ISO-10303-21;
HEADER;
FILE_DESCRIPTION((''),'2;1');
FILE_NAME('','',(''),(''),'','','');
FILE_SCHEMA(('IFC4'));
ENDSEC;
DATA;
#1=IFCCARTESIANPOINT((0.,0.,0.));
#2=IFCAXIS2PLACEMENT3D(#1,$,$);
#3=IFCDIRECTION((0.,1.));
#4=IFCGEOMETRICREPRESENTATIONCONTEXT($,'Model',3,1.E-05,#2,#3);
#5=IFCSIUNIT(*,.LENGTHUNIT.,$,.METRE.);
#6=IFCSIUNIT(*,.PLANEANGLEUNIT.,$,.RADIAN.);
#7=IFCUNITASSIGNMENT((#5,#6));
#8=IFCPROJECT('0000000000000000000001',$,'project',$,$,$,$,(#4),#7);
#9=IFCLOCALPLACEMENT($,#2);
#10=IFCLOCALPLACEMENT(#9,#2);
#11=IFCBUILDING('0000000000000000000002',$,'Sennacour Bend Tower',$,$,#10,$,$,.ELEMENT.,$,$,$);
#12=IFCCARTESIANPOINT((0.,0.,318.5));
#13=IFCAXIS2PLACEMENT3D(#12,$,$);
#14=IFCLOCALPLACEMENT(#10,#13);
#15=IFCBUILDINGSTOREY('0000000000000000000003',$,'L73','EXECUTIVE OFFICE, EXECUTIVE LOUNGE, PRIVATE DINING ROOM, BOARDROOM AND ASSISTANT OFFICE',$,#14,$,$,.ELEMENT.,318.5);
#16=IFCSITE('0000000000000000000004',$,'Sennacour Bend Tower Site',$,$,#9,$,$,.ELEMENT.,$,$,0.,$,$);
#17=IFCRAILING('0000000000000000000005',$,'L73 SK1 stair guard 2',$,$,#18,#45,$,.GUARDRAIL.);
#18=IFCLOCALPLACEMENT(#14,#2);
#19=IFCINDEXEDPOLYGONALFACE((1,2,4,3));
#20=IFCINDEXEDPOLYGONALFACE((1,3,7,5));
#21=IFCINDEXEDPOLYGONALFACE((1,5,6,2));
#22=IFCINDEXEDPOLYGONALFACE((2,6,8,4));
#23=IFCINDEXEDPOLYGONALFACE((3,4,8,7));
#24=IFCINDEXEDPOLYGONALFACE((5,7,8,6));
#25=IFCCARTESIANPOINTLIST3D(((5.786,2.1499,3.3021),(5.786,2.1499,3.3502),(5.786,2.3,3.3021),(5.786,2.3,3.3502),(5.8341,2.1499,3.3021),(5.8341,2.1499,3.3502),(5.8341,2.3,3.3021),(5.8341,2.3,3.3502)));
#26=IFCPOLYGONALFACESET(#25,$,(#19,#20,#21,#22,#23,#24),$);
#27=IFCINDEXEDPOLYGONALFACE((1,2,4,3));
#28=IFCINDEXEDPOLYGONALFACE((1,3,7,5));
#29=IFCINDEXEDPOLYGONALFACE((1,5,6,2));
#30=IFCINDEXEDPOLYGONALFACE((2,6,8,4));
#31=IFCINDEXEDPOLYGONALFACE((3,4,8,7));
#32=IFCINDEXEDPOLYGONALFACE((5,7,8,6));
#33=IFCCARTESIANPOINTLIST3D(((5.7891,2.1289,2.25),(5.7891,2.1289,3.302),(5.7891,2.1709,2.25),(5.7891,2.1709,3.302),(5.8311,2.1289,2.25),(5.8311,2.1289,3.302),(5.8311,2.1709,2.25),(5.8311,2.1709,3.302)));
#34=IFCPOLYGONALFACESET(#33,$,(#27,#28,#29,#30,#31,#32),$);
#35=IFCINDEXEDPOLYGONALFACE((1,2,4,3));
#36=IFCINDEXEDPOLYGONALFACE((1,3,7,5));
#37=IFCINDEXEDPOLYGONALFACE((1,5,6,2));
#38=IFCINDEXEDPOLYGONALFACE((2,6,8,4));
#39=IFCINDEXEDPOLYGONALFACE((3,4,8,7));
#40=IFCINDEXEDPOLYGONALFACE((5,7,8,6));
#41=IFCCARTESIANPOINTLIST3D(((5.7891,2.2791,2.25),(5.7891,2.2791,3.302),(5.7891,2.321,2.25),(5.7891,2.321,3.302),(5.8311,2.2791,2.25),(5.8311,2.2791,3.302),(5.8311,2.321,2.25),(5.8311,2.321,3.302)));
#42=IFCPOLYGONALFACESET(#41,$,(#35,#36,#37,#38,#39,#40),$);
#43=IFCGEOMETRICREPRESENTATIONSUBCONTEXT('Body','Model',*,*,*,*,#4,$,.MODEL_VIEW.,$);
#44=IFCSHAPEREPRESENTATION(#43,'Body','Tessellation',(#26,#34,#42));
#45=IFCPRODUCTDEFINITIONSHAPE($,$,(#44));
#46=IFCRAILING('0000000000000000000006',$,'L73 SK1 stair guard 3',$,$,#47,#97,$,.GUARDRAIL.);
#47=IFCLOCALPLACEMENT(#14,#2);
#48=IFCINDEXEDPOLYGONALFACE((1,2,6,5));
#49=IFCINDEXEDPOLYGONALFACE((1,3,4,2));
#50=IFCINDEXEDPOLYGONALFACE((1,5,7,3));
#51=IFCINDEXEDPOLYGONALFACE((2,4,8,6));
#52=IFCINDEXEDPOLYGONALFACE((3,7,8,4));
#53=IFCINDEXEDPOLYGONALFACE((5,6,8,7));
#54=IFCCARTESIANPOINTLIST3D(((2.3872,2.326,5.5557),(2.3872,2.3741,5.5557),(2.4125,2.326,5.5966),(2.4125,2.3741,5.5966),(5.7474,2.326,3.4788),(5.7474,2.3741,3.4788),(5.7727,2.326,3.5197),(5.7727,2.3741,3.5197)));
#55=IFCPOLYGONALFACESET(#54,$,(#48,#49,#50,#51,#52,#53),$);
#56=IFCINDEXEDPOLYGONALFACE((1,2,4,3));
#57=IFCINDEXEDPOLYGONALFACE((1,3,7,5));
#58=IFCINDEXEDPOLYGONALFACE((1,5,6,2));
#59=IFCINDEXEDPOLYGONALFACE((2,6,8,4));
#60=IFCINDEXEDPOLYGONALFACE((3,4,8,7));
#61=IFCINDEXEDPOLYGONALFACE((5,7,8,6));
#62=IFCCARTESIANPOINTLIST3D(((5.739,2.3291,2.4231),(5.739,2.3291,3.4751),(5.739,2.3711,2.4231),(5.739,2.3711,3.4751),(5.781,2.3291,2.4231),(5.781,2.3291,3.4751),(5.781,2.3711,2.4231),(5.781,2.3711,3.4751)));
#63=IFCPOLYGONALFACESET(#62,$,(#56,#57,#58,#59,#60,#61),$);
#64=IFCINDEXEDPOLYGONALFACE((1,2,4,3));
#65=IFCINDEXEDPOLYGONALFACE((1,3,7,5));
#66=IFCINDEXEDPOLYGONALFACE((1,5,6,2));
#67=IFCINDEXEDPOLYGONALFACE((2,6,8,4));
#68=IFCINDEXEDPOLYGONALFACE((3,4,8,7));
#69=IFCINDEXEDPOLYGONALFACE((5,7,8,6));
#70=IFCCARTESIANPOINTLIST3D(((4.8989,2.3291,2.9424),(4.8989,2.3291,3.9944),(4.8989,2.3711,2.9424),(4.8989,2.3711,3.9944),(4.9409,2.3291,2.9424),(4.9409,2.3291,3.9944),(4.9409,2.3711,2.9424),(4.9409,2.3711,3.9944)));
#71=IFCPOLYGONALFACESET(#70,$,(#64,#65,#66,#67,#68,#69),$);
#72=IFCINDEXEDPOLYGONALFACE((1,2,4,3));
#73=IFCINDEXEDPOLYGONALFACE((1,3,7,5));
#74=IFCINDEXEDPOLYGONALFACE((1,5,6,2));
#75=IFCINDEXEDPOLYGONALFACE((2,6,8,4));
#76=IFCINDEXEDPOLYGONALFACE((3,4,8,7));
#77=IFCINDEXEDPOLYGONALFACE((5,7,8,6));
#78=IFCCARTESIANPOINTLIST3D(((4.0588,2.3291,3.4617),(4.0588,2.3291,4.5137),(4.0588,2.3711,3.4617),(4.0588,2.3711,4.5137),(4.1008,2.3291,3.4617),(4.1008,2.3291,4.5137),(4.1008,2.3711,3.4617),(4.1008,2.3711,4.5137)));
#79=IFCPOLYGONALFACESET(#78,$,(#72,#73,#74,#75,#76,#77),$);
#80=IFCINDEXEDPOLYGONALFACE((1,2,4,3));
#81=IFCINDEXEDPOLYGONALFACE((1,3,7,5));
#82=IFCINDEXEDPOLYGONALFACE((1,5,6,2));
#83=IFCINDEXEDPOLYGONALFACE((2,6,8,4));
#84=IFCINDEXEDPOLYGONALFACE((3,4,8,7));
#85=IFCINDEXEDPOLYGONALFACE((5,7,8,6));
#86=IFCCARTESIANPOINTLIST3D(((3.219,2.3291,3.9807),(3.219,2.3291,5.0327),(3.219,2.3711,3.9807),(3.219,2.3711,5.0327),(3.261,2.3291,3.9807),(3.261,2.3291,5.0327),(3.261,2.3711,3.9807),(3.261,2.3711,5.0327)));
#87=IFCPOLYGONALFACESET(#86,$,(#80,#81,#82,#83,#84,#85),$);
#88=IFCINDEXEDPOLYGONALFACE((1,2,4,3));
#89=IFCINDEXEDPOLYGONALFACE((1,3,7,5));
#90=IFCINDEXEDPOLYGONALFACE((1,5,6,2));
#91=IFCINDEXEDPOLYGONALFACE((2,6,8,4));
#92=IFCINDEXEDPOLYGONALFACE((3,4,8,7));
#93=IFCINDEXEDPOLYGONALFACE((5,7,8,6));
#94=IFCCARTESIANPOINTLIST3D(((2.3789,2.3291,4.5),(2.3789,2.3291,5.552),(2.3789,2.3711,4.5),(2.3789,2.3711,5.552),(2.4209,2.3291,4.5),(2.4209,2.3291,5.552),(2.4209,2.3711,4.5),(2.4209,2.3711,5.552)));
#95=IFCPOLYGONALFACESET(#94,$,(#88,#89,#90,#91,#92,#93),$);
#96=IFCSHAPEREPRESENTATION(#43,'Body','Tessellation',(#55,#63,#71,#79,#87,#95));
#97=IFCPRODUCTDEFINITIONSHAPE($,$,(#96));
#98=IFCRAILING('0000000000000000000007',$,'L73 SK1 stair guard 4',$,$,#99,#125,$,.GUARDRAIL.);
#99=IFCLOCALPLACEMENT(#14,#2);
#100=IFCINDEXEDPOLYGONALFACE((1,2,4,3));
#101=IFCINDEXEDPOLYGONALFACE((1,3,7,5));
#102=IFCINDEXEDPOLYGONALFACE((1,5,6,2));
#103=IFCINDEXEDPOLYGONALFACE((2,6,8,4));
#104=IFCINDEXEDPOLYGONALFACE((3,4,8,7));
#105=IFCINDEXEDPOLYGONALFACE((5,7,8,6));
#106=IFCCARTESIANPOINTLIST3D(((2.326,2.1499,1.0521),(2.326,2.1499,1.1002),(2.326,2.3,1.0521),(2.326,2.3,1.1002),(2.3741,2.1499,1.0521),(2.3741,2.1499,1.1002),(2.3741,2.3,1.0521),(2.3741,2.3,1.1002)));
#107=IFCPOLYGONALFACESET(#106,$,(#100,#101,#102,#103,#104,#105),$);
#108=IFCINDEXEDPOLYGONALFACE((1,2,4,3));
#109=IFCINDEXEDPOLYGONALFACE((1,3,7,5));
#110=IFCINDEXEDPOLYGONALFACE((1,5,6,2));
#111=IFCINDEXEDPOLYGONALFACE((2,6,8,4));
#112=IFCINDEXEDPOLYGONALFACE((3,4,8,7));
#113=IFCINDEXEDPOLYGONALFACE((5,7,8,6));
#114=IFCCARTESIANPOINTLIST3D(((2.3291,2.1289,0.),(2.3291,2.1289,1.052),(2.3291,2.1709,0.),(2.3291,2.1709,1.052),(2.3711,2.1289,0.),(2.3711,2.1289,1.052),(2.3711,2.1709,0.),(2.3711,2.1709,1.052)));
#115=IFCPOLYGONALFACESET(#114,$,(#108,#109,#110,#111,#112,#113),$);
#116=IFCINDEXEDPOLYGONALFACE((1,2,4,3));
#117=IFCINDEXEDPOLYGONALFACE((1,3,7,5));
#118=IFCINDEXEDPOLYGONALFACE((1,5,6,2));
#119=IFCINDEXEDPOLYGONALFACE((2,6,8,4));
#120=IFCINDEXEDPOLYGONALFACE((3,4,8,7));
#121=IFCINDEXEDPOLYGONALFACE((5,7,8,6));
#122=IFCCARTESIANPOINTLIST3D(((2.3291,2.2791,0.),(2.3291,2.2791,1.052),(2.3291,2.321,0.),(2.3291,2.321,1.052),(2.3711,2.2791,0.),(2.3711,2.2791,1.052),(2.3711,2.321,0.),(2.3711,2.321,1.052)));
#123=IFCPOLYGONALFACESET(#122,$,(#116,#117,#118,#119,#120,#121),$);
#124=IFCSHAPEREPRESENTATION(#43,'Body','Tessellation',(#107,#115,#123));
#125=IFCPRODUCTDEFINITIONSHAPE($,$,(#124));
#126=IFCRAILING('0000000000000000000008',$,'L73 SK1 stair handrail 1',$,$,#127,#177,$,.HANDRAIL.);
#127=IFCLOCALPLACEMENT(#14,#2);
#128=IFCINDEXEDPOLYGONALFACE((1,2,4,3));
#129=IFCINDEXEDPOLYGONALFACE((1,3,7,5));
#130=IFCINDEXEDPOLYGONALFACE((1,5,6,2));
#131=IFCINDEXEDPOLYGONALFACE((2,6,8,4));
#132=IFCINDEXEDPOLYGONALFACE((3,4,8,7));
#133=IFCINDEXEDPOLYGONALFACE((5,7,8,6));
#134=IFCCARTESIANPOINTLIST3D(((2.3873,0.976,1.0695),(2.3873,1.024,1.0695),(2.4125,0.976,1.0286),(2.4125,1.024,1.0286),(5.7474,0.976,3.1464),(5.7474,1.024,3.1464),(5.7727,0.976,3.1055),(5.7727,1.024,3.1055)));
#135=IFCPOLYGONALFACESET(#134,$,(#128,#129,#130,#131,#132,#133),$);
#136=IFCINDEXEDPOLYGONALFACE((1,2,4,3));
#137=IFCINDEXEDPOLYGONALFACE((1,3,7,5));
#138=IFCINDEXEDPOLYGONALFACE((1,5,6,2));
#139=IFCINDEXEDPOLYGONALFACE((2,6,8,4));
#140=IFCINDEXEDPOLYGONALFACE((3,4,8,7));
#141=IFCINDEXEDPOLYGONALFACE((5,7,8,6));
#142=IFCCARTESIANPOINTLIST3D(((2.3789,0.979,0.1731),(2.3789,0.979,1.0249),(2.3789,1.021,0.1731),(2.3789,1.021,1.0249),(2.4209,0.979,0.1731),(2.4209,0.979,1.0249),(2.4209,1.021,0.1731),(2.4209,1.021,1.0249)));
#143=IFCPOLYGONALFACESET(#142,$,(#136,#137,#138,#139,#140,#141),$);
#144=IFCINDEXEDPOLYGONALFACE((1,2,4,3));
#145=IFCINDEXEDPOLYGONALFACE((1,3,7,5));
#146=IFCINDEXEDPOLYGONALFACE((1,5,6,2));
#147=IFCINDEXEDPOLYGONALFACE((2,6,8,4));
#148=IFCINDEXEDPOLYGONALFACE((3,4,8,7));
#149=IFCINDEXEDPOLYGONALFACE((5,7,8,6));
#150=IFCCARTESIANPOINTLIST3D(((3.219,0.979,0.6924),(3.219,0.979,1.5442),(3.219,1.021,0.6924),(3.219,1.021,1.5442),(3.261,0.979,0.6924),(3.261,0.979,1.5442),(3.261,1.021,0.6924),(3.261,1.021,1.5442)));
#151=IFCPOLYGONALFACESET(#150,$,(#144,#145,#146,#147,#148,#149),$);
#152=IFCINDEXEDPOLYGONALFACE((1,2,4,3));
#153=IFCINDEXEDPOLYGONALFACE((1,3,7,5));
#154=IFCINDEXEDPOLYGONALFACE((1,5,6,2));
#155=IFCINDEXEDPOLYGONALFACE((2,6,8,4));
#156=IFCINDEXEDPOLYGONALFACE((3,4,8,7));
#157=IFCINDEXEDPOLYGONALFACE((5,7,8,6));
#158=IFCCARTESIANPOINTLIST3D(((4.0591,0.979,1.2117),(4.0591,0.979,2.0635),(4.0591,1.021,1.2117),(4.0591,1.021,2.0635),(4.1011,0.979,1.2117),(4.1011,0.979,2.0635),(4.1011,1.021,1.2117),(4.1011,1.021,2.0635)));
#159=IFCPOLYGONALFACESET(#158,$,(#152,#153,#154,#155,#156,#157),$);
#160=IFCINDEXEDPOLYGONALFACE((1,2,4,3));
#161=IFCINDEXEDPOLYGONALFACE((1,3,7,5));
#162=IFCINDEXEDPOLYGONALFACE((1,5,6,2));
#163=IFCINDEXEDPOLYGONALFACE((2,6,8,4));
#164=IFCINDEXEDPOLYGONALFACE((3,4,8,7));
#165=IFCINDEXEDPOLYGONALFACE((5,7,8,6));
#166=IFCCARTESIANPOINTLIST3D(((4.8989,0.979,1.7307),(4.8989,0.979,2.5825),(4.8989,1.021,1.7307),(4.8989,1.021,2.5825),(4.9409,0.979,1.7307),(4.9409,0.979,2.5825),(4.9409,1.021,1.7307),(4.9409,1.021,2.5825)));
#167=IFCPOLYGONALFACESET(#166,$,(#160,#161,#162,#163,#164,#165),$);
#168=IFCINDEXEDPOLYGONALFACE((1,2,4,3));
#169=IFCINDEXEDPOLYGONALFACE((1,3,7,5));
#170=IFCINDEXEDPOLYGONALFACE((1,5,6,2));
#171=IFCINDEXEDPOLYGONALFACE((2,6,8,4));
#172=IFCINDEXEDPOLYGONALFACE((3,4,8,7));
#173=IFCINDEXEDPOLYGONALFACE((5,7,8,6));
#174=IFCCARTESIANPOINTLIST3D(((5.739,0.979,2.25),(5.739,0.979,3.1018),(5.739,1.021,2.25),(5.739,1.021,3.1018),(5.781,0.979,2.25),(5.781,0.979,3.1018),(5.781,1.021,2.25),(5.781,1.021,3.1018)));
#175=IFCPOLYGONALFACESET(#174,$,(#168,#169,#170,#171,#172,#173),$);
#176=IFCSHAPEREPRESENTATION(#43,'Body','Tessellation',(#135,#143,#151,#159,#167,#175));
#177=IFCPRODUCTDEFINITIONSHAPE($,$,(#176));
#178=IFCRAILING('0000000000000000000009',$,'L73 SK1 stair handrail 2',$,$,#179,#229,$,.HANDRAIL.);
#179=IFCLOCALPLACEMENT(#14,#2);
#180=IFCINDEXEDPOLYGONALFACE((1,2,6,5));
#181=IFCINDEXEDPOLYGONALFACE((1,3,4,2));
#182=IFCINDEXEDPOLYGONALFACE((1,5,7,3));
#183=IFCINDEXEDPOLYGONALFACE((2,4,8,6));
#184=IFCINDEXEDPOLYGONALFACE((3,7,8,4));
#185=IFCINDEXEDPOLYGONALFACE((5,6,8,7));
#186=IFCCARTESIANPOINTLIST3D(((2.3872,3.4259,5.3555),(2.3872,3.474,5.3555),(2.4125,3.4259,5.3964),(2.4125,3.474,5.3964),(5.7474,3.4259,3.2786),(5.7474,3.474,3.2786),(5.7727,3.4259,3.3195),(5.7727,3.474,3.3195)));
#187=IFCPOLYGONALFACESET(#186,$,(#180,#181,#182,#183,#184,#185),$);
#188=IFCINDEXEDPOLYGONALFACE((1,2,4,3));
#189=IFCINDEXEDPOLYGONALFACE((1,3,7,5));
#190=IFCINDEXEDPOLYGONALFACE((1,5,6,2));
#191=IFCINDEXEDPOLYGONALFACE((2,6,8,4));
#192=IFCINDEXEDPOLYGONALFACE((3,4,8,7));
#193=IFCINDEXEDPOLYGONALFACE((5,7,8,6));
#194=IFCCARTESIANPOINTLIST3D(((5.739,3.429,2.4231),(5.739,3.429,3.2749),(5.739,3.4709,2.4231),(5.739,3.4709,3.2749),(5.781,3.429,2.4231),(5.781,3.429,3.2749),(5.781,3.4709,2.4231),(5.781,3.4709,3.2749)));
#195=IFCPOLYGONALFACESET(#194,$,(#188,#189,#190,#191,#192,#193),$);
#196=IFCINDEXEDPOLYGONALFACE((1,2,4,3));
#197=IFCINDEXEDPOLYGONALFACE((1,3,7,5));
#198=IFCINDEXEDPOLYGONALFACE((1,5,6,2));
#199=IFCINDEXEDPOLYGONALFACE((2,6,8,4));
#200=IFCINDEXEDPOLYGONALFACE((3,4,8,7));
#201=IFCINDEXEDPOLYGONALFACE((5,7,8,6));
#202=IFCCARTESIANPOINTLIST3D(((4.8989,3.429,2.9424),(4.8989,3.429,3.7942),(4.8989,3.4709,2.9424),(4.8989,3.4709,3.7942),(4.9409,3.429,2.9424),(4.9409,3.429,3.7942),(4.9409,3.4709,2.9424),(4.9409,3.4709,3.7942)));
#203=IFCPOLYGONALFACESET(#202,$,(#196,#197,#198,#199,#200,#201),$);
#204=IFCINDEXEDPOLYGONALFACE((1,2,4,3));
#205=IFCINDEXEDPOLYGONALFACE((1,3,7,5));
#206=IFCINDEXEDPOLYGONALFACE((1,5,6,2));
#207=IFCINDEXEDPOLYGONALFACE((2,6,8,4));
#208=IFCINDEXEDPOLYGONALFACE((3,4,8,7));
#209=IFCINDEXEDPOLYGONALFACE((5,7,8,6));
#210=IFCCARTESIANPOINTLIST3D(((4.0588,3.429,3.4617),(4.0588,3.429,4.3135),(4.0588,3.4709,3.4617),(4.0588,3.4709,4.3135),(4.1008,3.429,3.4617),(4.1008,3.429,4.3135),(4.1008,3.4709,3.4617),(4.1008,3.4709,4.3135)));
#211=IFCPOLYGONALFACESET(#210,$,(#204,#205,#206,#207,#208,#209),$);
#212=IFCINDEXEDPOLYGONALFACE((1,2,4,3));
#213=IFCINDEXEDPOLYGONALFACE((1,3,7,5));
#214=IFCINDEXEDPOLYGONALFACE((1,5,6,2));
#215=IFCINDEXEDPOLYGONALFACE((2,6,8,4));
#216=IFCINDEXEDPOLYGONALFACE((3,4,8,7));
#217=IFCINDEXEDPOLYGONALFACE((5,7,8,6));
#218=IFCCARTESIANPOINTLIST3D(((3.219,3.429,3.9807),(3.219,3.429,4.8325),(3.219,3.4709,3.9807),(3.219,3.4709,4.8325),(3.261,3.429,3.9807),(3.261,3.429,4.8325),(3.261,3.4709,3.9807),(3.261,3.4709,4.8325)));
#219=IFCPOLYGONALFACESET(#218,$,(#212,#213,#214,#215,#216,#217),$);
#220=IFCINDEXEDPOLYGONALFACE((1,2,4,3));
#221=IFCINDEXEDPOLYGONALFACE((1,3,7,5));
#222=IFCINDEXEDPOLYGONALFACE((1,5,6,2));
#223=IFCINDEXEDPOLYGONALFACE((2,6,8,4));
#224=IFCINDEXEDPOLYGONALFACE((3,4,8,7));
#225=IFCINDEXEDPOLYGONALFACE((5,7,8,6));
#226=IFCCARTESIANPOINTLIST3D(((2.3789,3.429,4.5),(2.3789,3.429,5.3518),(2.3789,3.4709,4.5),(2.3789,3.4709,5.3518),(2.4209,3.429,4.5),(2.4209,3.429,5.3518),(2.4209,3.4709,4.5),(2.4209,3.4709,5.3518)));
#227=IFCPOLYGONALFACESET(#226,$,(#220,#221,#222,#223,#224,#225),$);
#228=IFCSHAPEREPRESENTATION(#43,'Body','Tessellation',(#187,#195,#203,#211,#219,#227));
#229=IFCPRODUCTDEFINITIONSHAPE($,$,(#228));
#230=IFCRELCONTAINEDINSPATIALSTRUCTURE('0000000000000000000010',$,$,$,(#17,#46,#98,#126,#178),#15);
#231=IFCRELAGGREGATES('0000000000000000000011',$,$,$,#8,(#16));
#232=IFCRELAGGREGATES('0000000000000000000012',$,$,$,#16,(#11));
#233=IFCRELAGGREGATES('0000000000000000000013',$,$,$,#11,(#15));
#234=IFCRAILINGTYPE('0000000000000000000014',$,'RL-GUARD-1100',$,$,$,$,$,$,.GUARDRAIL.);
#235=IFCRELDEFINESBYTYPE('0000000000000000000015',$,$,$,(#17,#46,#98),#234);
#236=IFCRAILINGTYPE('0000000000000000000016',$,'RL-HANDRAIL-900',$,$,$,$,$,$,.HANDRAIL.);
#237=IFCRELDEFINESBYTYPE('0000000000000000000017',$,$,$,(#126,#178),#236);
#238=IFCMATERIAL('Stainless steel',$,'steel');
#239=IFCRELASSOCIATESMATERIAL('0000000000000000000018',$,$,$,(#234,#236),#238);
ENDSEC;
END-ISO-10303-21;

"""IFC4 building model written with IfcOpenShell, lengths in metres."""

from ifc_helpers import new_model, si_unit, direction, frame, origin, origin_2d, place, context, subcontext, project, spatial, rectangle, extrude, material, type_object, element, save


model = new_model("IFC4")

# Units and contexts
model_context = context("Model", 3, precision=1e-05, world=origin(), true_north=direction((0.0, 1.0)))
body_context = subcontext(model_context, "Body", "Model", "MODEL_VIEW")
ifc_project = project(units=[si_unit("LENGTHUNIT", "METRE"), si_unit("PLANEANGLEUNIT", "RADIAN")], contexts=[model_context])

# Site, building, storey
site_placement = place(None, origin())
site = spatial("IfcSite", under=ifc_project, at=site_placement, Name="Sennacour Bend Tower Site", CompositionType="ELEMENT", RefElevation=0.0)
building_placement = place(site_placement, origin())
building = spatial("IfcBuilding", under=site, at=building_placement, Name="Sennacour Bend Tower", CompositionType="ELEMENT")
storey_placement = place(building_placement, frame((0.0, 0.0, 318.5)))
storey = spatial("IfcBuildingStorey", under=building, at=storey_placement, Name="L73", Description="EXECUTIVE OFFICE, EXECUTIVE LOUNGE, PRIVATE DINING ROOM, BOARDROOM AND ASSISTANT OFFICE", CompositionType="ELEMENT", Elevation=318.5)

# Railings
ifc_material_1 = material(Name="Stainless steel", Category="steel")
railing_type_1 = type_object("IfcRailingType", Name="RL-GUARD-1100", PredefinedType="GUARDRAIL", material=ifc_material_1)
railing_1_placement = place(storey_placement, frame((5.8101, 2.1499, 2.25)))
element("IfcRailing", 1, at=railing_1_placement, inside=storey, type_object=railing_type_1, Name="L73 SK1 stair guard 2", PredefinedType="GUARDRAIL", context=body_context, shape_type="SweptSolid", body=[
    extrude(rectangle(XDim=0.0481, YDim=0.0481, at=origin_2d()), frame((0.0, 0.0, 1.0762), z_axis=(0.0, 1.0, 0.0), x_axis=(-1.0, 0.0, 0.0)), (0.0, 0.0, 1.0), 0.1501),
    extrude(rectangle(XDim=0.042, YDim=0.042, at=origin_2d()), origin(), (0.0, 0.0, 1.0), 1.052),
    extrude(rectangle(XDim=0.042, YDim=0.042, at=origin_2d()), frame((0.0, 0.1501, 0.0)), (0.0, 0.0, 1.0), 1.052),
])
railing_2_placement = place(storey_placement, frame((5.76, 2.3501, 2.4231)))
element("IfcRailing", 2, at=railing_2_placement, inside=storey, type_object=railing_type_1, Name="L73 SK1 stair guard 3", PredefinedType="GUARDRAIL", context=body_context, shape_type="SweptSolid", body=[
    extrude(rectangle(XDim=0.0481, YDim=0.0481, at=origin_2d()), frame((0.0, 0.0, 1.0762), z_axis=(-0.850623, 0.0, 0.525776), x_axis=(0.0, -1.0, 0.0)), (0.0, 0.0, 1.0), 3.9502),
    extrude(rectangle(XDim=0.042, YDim=0.042, at=origin_2d()), origin(), (0.0, 0.0, 1.0), 1.052),
    extrude(rectangle(XDim=0.042, YDim=0.042, at=origin_2d()), frame((-0.8401, 0.0, 0.5193)), (0.0, 0.0, 1.0), 1.052),
    extrude(rectangle(XDim=0.042, YDim=0.042, at=origin_2d()), frame((-1.6802, 0.0, 1.0386)), (0.0, 0.0, 1.0), 1.052),
    extrude(rectangle(XDim=0.042, YDim=0.042, at=origin_2d()), frame((-2.52, 0.0, 1.5576)), (0.0, 0.0, 1.0), 1.052),
    extrude(rectangle(XDim=0.042, YDim=0.042, at=origin_2d()), frame((-3.3601, 0.0, 2.0769)), (0.0, 0.0, 1.0), 1.052),
])
railing_3_placement = place(storey_placement, frame((2.3501, 2.1499, 0.0)))
element("IfcRailing", 3, at=railing_3_placement, inside=storey, type_object=railing_type_1, Name="L73 SK1 stair guard 4", PredefinedType="GUARDRAIL", context=body_context, shape_type="SweptSolid", body=[
    extrude(rectangle(XDim=0.0481, YDim=0.0481, at=origin_2d()), frame((0.0, 0.0, 1.0762), z_axis=(0.0, 1.0, 0.0), x_axis=(-1.0, 0.0, 0.0)), (0.0, 0.0, 1.0), 0.1501),
    extrude(rectangle(XDim=0.042, YDim=0.042, at=origin_2d()), origin(), (0.0, 0.0, 1.0), 1.052),
    extrude(rectangle(XDim=0.042, YDim=0.042, at=origin_2d()), frame((0.0, 0.1501, 0.0)), (0.0, 0.0, 1.0), 1.052),
])
railing_type_2 = type_object("IfcRailingType", Name="RL-HANDRAIL-900", PredefinedType="HANDRAIL", material=ifc_material_1)
railing_4_placement = place(storey_placement, frame((2.3999, 1.0, 0.1731)))
element("IfcRailing", 4, at=railing_4_placement, inside=storey, type_object=railing_type_2, Name="L73 SK1 stair handrail 1", PredefinedType="HANDRAIL", context=body_context, shape_type="SweptSolid", body=[
    extrude(rectangle(XDim=0.0481, YDim=0.0481, at=origin_2d()), frame((0.0, 0.0, 0.876), z_axis=(0.850623, 0.0, 0.525776), x_axis=(0.0, 1.0, 0.0)), (0.0, 0.0, 1.0), 3.9502),
    extrude(rectangle(XDim=0.042, YDim=0.042, at=origin_2d()), origin(), (0.0, 0.0, 1.0), 0.8518),
    extrude(rectangle(XDim=0.042, YDim=0.042, at=origin_2d()), frame((0.8401, 0.0, 0.5193)), (0.0, 0.0, 1.0), 0.8518),
    extrude(rectangle(XDim=0.042, YDim=0.042, at=origin_2d()), frame((1.6802, 0.0, 1.0386)), (0.0, 0.0, 1.0), 0.8518),
    extrude(rectangle(XDim=0.042, YDim=0.042, at=origin_2d()), frame((2.52, 0.0, 1.5576)), (0.0, 0.0, 1.0), 0.8518),
    extrude(rectangle(XDim=0.042, YDim=0.042, at=origin_2d()), frame((3.3601, 0.0, 2.0769)), (0.0, 0.0, 1.0), 0.8518),
])
railing_5_placement = place(storey_placement, frame((5.76, 3.45, 2.4231)))
element("IfcRailing", 5, at=railing_5_placement, inside=storey, type_object=railing_type_2, Name="L73 SK1 stair handrail 2", PredefinedType="HANDRAIL", context=body_context, shape_type="SweptSolid", body=[
    extrude(rectangle(XDim=0.0481, YDim=0.0481, at=origin_2d()), frame((0.0, 0.0, 0.876), z_axis=(-0.850623, 0.0, 0.525776), x_axis=(0.0, -1.0, 0.0)), (0.0, 0.0, 1.0), 3.9502),
    extrude(rectangle(XDim=0.042, YDim=0.042, at=origin_2d()), origin(), (0.0, 0.0, 1.0), 0.8518),
    extrude(rectangle(XDim=0.042, YDim=0.042, at=origin_2d()), frame((-0.8401, 0.0, 0.5193)), (0.0, 0.0, 1.0), 0.8518),
    extrude(rectangle(XDim=0.042, YDim=0.042, at=origin_2d()), frame((-1.6802, 0.0, 1.0386)), (0.0, 0.0, 1.0), 0.8518),
    extrude(rectangle(XDim=0.042, YDim=0.042, at=origin_2d()), frame((-2.52, 0.0, 1.5576)), (0.0, 0.0, 1.0), 0.8518),
    extrude(rectangle(XDim=0.042, YDim=0.042, at=origin_2d()), frame((-3.3601, 0.0, 2.0769)), (0.0, 0.0, 1.0), 0.8518),
])

save(model, "model.ifc")
